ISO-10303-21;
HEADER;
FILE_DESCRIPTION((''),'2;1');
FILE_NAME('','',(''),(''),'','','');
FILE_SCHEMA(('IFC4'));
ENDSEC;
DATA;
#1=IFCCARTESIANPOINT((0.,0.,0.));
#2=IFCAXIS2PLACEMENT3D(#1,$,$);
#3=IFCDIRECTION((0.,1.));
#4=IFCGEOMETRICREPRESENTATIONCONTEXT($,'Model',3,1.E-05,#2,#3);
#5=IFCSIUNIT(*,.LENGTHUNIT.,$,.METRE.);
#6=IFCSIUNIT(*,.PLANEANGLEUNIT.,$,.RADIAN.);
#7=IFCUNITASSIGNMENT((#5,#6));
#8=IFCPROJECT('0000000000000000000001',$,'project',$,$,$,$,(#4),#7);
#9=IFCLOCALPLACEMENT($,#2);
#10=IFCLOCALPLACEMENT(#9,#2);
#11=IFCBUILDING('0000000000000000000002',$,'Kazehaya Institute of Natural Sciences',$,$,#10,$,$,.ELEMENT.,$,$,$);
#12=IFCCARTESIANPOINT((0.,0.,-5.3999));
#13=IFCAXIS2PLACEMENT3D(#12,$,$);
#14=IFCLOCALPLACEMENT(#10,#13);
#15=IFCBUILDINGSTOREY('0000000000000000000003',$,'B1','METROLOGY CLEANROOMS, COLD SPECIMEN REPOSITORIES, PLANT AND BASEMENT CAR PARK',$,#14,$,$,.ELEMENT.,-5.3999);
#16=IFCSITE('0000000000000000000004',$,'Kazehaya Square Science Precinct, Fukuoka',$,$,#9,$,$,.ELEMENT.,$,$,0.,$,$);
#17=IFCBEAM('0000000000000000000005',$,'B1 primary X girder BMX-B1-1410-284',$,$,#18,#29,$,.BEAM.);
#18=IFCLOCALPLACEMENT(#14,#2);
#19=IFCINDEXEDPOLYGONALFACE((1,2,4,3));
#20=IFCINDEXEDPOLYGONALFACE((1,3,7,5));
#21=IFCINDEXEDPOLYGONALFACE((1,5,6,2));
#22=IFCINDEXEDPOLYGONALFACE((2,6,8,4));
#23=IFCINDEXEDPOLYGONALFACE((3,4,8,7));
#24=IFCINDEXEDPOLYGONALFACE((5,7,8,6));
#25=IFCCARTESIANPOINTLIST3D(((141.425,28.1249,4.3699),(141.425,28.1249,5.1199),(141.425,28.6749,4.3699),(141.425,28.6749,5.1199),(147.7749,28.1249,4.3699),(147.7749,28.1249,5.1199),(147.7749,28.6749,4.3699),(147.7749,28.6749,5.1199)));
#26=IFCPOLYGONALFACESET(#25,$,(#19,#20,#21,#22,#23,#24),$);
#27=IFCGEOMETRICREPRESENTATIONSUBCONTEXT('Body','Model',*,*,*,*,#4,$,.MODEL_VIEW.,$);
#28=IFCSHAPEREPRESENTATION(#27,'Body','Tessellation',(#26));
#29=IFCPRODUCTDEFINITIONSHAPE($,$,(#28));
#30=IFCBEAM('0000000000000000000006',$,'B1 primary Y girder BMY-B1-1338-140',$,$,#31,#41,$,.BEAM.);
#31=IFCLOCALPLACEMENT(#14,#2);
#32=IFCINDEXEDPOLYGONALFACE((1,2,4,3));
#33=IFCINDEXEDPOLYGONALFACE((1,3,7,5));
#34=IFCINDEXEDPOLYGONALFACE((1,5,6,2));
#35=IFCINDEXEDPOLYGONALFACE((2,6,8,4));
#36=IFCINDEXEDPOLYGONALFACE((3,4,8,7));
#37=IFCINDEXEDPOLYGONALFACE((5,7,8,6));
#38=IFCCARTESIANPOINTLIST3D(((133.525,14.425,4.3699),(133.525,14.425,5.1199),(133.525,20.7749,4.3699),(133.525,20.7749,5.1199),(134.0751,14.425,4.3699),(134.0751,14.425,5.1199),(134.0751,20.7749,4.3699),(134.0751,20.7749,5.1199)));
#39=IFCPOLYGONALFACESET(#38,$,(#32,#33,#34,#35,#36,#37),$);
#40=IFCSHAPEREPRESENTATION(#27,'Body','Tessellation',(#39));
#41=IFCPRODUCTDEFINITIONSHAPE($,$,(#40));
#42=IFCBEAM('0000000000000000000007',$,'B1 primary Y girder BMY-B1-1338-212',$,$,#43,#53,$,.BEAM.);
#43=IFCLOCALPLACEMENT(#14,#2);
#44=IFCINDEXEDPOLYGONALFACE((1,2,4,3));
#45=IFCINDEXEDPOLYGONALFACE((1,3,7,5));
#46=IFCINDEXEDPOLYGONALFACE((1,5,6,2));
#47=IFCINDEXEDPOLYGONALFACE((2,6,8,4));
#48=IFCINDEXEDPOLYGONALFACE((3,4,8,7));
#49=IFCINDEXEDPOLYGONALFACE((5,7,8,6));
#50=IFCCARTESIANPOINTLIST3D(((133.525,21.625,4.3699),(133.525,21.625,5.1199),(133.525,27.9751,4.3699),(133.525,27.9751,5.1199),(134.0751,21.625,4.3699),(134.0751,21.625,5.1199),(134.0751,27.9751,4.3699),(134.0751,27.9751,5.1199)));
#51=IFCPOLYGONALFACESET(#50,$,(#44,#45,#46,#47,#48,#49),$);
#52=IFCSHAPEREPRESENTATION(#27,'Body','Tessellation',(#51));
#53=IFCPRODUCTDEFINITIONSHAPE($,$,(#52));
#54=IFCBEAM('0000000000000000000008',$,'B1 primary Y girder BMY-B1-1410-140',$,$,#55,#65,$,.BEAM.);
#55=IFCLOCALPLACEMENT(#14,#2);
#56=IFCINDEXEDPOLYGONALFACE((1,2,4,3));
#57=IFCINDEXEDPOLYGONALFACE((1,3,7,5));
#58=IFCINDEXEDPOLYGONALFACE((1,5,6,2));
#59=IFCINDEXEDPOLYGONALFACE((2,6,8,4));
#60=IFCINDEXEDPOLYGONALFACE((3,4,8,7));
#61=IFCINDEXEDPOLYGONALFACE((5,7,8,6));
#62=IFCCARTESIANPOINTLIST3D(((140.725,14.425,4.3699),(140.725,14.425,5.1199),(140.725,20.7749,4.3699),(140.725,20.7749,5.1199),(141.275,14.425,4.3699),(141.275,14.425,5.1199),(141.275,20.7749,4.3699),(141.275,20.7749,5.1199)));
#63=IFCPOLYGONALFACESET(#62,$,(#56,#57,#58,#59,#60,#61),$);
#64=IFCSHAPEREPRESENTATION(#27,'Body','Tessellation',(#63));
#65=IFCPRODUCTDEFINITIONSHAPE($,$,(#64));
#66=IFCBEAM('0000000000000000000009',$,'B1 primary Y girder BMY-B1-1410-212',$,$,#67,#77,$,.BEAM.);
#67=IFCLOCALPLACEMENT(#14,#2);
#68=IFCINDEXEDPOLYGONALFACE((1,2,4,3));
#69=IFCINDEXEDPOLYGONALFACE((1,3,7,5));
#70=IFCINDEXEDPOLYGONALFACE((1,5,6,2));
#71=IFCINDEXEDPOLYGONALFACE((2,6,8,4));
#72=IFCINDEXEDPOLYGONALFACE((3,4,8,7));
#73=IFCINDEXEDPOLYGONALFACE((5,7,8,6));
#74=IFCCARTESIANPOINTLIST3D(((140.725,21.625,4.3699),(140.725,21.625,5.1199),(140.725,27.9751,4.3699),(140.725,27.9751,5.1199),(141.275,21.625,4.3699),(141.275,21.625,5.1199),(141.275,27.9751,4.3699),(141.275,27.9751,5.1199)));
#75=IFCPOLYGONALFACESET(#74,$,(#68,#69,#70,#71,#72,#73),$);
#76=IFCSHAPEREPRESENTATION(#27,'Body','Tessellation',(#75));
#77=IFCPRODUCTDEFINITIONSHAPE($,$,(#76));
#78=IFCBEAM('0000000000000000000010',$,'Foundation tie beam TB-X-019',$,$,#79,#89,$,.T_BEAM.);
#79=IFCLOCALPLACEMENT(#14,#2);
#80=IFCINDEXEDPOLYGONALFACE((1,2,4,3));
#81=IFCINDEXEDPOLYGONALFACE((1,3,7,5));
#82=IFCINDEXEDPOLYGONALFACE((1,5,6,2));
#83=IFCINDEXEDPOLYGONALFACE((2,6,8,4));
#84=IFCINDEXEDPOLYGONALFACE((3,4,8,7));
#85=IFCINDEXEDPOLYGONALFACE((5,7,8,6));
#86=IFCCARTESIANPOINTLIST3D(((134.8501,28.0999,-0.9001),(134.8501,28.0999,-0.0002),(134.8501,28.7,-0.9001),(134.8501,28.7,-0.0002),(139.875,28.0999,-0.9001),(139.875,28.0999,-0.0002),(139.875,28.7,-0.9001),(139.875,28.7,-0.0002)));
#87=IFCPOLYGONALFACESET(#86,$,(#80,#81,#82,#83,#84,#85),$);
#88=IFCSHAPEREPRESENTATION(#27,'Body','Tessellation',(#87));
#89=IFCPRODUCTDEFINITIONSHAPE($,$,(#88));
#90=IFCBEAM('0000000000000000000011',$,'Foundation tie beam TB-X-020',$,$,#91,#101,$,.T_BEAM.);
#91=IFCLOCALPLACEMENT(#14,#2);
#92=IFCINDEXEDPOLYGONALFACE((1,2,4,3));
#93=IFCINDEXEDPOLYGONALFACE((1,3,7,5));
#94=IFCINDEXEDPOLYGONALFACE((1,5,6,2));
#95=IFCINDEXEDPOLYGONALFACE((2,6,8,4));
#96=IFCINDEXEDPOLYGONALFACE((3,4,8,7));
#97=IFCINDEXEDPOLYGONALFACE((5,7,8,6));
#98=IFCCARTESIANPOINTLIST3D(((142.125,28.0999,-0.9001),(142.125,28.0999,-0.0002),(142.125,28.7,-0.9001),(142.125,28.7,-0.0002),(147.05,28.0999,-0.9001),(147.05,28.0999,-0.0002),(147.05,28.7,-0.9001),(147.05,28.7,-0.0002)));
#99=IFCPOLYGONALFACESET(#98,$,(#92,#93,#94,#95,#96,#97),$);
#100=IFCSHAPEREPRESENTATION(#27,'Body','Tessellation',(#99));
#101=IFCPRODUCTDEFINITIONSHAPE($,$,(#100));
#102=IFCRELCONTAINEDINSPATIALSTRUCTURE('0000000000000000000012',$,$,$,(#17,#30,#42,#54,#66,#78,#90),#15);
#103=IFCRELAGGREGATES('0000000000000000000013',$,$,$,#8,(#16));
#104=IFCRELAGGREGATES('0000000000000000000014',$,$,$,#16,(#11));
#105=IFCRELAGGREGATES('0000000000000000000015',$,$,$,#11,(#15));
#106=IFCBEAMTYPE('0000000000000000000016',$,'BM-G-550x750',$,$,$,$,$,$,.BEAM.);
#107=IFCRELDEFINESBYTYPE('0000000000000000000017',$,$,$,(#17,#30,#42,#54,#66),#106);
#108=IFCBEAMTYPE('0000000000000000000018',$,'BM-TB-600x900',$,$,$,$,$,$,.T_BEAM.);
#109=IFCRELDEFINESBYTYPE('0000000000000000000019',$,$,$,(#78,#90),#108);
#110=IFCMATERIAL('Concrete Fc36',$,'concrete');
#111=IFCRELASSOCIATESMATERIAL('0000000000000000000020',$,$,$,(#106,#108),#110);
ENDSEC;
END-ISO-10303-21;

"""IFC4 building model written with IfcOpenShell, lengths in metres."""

from ifc_helpers import new_model, si_unit, direction, frame, origin, origin_2d, place, context, subcontext, project, spatial, rectangle, extrude, material, material_profile, profile_set, type_object, element, save


model = new_model("IFC4")

# Units and contexts
model_context = context("Model", 3, precision=1e-05, world=origin(), true_north=direction((0.0, 1.0)))
body_context = subcontext(model_context, "Body", "Model", "MODEL_VIEW")
ifc_project = project(units=[si_unit("LENGTHUNIT", "METRE"), si_unit("PLANEANGLEUNIT", "RADIAN")], contexts=[model_context])

# Site, building, storey
site_placement = place(None, origin())
site = spatial("IfcSite", under=ifc_project, at=site_placement, Name="Kazehaya Square Science Precinct, Fukuoka", CompositionType="ELEMENT", RefElevation=0.0)
building_placement = place(site_placement, origin())
building = spatial("IfcBuilding", under=site, at=building_placement, Name="Kazehaya Institute of Natural Sciences", CompositionType="ELEMENT")
storey_placement = place(building_placement, frame((0.0, 0.0, -5.3999)))
storey = spatial("IfcBuildingStorey", under=building, at=storey_placement, Name="B1", Description="METROLOGY CLEANROOMS, COLD SPECIMEN REPOSITORIES, PLANT AND BASEMENT CAR PARK", CompositionType="ELEMENT", Elevation=-5.3999)

# Shared definitions
ifc_material_1 = material(Name="Concrete Fc36", Category="concrete")

# Beams
ifc_material_profile_1 = material_profile(ifc_material_1, rectangle(XDim=0.55, YDim=0.75, at=origin_2d()), Name="RC-550x750")
ifc_profile_set_1 = profile_set([ifc_material_profile_1], Name="Concrete Fc36")
beam_type_1 = type_object("IfcBeamType", Name="BM-G-550x750", PredefinedType="BEAM", material=ifc_profile_set_1)
for number, where, z_axis, x_axis, name in (
    (1, (141.425, 28.3999, 4.7449), (1.0, 0.0, 0.0), (0.0, 1.0, 0.0), "B1 primary X girder BMX-B1-1410-284"),
    (2, (133.8, 14.425, 4.7449), (0.0, 1.0, 0.0), (-1.0, 0.0, 0.0), "B1 primary Y girder BMY-B1-1338-140"),
):
    element("IfcBeam", number, at=place(storey_placement, frame(where, z_axis=z_axis, x_axis=x_axis)), inside=storey, type_object=beam_type_1, Name=name, PredefinedType="BEAM", context=body_context, shape_type="SweptSolid", body=[
        extrude(rectangle(XDim=0.55, YDim=0.75, at=origin_2d()), origin(), (0.0, 0.0, 1.0), 6.3499),
    ])
beam_1_placement = place(storey_placement, frame((133.8, 21.625, 4.7449), z_axis=(0.0, 1.0, 0.0), x_axis=(-1.0, 0.0, 0.0)))
element("IfcBeam", 3, at=beam_1_placement, inside=storey, type_object=beam_type_1, Name="B1 primary Y girder BMY-B1-1338-212", PredefinedType="BEAM", context=body_context, shape_type="SweptSolid", body=[
    extrude(rectangle(XDim=0.55, YDim=0.75, at=origin_2d()), origin(), (0.0, 0.0, 1.0), 6.3501),
])
beam_2_placement = place(storey_placement, frame((141.0, 14.425, 4.7449), z_axis=(0.0, 1.0, 0.0), x_axis=(-1.0, 0.0, 0.0)))
element("IfcBeam", 4, at=beam_2_placement, inside=storey, type_object=beam_type_1, Name="B1 primary Y girder BMY-B1-1410-140", PredefinedType="BEAM", context=body_context, shape_type="SweptSolid", body=[
    extrude(rectangle(XDim=0.55, YDim=0.75, at=origin_2d()), origin(), (0.0, 0.0, 1.0), 6.3499),
])
beam_3_placement = place(storey_placement, frame((141.0, 21.625, 4.7449), z_axis=(0.0, 1.0, 0.0), x_axis=(-1.0, 0.0, 0.0)))
element("IfcBeam", 5, at=beam_3_placement, inside=storey, type_object=beam_type_1, Name="B1 primary Y girder BMY-B1-1410-212", PredefinedType="BEAM", context=body_context, shape_type="SweptSolid", body=[
    extrude(rectangle(XDim=0.55, YDim=0.75, at=origin_2d()), origin(), (0.0, 0.0, 1.0), 6.3501),
])
ifc_material_profile_2 = material_profile(ifc_material_1, rectangle(XDim=0.6001, YDim=0.8999, at=origin_2d()), Name="RC-600x900")
ifc_profile_set_2 = profile_set([ifc_material_profile_2], Name="Concrete Fc36")
beam_type_2 = type_object("IfcBeamType", Name="BM-TB-600x900", PredefinedType="T_BEAM", material=ifc_profile_set_2)
beam_4_placement = place(storey_placement, frame((134.8501, 28.3999, -0.4502), z_axis=(1.0, 0.0, 0.0), x_axis=(0.0, 1.0, 0.0)))
element("IfcBeam", 6, at=beam_4_placement, inside=storey, type_object=beam_type_2, Name="Foundation tie beam TB-X-019", PredefinedType="T_BEAM", context=body_context, shape_type="SweptSolid", body=[
    extrude(rectangle(XDim=0.6001, YDim=0.8999, at=origin_2d()), origin(), (0.0, 0.0, 1.0), 5.0249),
])
beam_5_placement = place(storey_placement, frame((142.125, 28.3999, -0.4502), z_axis=(1.0, 0.0, 0.0), x_axis=(0.0, 1.0, 0.0)))
element("IfcBeam", 7, at=beam_5_placement, inside=storey, type_object=beam_type_2, Name="Foundation tie beam TB-X-020", PredefinedType="T_BEAM", context=body_context, shape_type="SweptSolid", body=[
    extrude(rectangle(XDim=0.6001, YDim=0.8999, at=origin_2d()), origin(), (0.0, 0.0, 1.0), 4.925),
])

save(model, "model.ifc")
